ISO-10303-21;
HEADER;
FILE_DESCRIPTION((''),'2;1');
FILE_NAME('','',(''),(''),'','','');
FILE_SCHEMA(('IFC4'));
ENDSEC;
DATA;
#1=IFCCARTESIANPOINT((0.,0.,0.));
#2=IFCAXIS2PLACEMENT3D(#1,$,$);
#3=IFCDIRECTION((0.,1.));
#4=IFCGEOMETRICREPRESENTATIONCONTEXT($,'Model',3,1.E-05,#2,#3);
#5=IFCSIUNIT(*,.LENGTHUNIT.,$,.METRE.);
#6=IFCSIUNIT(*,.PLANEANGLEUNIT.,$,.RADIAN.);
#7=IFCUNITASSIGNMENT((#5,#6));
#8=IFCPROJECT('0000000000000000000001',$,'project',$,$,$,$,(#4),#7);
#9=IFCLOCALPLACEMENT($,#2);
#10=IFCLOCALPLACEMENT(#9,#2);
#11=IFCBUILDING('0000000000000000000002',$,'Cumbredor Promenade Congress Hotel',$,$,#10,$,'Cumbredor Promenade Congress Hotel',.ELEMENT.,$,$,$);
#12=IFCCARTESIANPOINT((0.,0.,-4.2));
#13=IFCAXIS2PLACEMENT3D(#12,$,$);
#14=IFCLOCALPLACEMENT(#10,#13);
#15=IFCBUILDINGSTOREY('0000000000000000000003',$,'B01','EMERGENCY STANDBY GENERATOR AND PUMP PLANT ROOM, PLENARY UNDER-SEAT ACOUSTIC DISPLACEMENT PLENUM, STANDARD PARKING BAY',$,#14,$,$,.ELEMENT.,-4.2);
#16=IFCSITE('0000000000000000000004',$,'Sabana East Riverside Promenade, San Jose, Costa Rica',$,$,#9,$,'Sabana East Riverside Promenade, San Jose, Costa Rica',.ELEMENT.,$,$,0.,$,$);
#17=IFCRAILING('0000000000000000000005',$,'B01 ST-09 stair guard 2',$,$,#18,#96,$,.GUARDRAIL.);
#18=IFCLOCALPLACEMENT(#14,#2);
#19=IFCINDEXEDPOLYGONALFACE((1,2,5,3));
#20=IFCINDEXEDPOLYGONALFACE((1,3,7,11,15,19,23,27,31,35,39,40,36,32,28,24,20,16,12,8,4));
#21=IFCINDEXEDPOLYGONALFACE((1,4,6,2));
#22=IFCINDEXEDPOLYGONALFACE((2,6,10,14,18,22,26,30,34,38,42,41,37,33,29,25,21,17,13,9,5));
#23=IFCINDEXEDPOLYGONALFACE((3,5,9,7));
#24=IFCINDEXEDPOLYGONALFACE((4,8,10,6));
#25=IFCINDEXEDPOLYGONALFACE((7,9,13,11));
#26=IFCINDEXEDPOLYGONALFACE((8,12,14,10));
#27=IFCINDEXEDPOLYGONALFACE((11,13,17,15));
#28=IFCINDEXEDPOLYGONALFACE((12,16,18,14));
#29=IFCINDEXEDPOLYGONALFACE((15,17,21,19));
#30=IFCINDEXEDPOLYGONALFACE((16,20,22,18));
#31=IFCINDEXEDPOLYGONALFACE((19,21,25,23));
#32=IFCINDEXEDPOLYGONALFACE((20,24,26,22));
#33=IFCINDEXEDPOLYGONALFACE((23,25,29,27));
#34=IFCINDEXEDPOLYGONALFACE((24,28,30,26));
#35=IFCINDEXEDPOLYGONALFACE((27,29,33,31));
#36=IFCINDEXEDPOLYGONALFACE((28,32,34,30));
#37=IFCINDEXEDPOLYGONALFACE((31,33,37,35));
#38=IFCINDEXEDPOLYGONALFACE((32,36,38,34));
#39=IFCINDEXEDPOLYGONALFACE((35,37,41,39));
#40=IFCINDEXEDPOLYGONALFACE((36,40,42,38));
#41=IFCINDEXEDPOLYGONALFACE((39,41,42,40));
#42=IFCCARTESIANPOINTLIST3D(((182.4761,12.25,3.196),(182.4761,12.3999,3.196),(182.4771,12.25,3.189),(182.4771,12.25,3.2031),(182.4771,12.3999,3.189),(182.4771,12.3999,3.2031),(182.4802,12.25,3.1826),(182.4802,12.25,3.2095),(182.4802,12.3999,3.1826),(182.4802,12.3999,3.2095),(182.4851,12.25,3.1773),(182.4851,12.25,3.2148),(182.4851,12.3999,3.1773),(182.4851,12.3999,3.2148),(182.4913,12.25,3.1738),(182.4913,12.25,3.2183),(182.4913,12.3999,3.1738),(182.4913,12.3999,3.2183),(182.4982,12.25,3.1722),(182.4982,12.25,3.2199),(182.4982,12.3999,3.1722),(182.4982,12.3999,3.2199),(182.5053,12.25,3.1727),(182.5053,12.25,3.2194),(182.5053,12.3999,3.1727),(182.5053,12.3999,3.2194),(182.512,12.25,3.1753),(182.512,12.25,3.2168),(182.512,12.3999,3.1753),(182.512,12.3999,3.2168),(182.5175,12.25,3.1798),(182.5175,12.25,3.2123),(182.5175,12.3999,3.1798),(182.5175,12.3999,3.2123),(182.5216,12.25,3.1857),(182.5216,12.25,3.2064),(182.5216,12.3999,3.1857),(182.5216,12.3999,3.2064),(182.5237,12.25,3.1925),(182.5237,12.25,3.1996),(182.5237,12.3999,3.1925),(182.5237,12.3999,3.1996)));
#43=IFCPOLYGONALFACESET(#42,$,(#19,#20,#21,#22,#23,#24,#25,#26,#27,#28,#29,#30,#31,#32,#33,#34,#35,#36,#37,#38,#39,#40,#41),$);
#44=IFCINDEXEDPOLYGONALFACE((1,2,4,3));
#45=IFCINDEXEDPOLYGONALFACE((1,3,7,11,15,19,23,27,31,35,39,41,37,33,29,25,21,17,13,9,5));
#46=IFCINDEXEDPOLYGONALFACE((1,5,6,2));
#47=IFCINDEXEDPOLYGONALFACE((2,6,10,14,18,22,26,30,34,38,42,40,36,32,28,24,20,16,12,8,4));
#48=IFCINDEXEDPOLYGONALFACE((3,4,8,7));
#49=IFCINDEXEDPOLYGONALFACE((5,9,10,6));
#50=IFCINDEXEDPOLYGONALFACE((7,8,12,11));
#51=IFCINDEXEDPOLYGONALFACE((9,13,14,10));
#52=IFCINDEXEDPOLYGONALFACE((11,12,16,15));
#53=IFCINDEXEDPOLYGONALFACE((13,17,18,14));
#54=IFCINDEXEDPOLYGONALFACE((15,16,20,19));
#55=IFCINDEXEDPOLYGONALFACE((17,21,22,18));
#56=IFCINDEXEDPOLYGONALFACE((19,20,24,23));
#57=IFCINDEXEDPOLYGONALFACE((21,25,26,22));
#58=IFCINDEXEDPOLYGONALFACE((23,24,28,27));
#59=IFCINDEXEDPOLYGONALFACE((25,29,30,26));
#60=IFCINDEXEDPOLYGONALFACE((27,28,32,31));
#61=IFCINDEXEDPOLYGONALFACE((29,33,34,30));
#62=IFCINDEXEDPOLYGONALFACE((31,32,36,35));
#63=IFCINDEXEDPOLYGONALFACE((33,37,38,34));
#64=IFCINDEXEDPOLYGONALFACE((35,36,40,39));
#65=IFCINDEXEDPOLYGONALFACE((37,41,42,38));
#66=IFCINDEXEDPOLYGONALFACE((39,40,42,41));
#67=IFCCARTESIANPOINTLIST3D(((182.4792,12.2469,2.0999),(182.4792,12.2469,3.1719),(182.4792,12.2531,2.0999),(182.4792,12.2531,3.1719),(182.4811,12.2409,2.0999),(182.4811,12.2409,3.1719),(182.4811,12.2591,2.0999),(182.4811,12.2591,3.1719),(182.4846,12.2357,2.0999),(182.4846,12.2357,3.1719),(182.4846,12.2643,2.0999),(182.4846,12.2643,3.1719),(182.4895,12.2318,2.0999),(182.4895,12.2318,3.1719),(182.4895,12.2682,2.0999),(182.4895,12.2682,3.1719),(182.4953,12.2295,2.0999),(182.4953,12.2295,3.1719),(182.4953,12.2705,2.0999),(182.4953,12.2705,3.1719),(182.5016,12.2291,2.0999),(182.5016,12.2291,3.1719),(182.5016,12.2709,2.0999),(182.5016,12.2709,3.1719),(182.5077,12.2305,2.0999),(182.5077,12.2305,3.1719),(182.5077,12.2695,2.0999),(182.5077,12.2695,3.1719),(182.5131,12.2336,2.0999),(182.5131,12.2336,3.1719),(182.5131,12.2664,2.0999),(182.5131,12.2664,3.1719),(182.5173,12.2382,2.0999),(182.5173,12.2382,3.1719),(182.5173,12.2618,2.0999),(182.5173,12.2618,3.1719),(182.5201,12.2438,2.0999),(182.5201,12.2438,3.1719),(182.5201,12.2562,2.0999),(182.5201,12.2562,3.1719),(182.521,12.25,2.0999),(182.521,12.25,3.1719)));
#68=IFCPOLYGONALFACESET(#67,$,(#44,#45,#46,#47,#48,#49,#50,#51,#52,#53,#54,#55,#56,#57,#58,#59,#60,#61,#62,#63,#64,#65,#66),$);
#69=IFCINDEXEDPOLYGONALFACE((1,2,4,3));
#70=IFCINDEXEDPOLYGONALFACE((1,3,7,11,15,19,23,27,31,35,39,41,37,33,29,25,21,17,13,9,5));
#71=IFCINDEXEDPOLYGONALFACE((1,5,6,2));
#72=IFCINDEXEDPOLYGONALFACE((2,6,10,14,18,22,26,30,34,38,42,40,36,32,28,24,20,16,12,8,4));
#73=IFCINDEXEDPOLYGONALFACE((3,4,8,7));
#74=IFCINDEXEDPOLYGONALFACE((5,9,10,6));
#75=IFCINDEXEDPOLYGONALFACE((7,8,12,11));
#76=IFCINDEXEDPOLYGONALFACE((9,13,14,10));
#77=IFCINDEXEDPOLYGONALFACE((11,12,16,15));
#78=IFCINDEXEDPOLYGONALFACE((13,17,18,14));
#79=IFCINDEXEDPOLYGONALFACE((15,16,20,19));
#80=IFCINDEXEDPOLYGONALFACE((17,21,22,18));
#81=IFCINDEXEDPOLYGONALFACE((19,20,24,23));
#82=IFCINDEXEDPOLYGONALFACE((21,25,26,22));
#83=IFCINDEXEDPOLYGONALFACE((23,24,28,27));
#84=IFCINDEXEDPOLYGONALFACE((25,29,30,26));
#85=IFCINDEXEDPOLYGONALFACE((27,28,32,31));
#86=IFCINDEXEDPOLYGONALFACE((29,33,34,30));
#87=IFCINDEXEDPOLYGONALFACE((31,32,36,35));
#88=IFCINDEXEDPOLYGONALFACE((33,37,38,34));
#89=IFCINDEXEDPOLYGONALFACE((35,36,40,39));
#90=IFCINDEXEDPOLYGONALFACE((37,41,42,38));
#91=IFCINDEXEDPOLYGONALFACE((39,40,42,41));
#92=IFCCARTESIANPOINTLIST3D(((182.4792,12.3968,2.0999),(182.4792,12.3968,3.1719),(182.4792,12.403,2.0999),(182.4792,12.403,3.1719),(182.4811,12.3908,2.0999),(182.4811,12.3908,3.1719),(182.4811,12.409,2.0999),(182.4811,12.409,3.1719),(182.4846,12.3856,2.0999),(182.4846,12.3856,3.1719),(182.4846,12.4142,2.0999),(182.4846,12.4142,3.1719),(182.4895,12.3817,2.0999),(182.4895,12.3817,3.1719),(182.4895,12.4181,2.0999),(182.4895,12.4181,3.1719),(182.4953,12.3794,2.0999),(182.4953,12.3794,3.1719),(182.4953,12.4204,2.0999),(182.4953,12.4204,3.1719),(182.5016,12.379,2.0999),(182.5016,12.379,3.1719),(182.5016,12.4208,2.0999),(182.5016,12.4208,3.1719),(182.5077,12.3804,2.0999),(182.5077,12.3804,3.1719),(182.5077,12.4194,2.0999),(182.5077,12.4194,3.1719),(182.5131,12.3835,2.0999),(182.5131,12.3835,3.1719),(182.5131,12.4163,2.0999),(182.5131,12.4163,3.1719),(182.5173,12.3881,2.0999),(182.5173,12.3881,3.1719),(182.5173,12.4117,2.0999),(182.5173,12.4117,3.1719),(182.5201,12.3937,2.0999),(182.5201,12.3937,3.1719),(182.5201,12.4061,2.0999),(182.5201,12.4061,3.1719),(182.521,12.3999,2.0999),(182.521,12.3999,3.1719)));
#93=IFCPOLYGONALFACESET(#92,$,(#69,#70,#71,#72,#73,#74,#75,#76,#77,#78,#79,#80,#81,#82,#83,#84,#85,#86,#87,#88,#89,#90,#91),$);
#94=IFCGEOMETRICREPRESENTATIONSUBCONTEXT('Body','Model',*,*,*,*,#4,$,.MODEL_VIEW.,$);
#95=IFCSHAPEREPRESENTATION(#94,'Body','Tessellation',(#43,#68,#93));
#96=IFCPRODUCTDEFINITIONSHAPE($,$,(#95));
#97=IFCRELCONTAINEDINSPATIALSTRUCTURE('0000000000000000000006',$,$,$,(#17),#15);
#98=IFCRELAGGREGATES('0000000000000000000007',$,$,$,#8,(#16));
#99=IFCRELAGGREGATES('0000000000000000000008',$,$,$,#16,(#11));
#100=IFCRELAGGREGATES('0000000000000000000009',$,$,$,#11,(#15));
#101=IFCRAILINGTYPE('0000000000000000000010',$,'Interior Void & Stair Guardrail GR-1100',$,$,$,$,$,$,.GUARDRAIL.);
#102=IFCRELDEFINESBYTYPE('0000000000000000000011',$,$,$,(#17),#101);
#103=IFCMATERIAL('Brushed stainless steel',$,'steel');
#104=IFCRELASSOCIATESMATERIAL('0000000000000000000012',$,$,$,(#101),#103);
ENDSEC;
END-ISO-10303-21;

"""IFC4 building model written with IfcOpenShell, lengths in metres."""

from ifc_helpers import new_model, si_unit, direction, frame, origin, origin_2d, place, context, subcontext, project, spatial, circle, extrude, material, type_object, element, save


model = new_model("IFC4")

# Units and contexts
model_context = context("Model", 3, precision=1e-05, world=origin(), true_north=direction((0.0, 1.0)))
body_context = subcontext(model_context, "Body", "Model", "MODEL_VIEW")
ifc_project = project(units=[si_unit("LENGTHUNIT", "METRE"), si_unit("PLANEANGLEUNIT", "RADIAN")], contexts=[model_context])

# Site, building, storey
site_placement = place(None, origin())
site = spatial("IfcSite", under=ifc_project, at=site_placement, Name="Sabana East Riverside Promenade, San Jose, Costa Rica", LongName="Sabana East Riverside Promenade, San Jose, Costa Rica", CompositionType="ELEMENT", RefElevation=0.0)
building_placement = place(site_placement, origin())
building = spatial("IfcBuilding", under=site, at=building_placement, Name="Cumbredor Promenade Congress Hotel", LongName="Cumbredor Promenade Congress Hotel", CompositionType="ELEMENT")
storey_placement = place(building_placement, frame((0.0, 0.0, -4.2)))
storey = spatial("IfcBuildingStorey", under=building, at=storey_placement, Name="B01", Description="EMERGENCY STANDBY GENERATOR AND PUMP PLANT ROOM, PLENARY UNDER-SEAT ACOUSTIC DISPLACEMENT PLENUM, STANDARD PARKING BAY", CompositionType="ELEMENT", Elevation=-4.2)

# Railing
ifc_material_1 = material(Name="Brushed stainless steel", Category="steel")
railing_type_1 = type_object("IfcRailingType", Name="Interior Void & Stair Guardrail GR-1100", PredefinedType="GUARDRAIL", material=ifc_material_1)
railing_1_placement = place(storey_placement, frame((182.5, 12.25, 2.0999)))
element("IfcRailing", 1, at=railing_1_placement, inside=storey, type_object=railing_type_1, Name="B01 ST-09 stair guard 2", PredefinedType="GUARDRAIL", context=body_context, shape_type="SweptSolid", body=[
    extrude(circle(Radius=0.0239, at=origin_2d()), frame((0.0, 0.0, 1.0962), z_axis=(0.0, 1.0, 0.0), x_axis=(-1.0, 0.0, 0.0)), (0.0, 0.0, 1.0), 0.1499),
    extrude(circle(Radius=0.021, at=origin_2d()), origin(), (0.0, 0.0, 1.0), 1.072),
    extrude(circle(Radius=0.021, at=origin_2d()), frame((0.0, 0.1499, 0.0)), (0.0, 0.0, 1.0), 1.072),
])

save(model, "model.ifc")
